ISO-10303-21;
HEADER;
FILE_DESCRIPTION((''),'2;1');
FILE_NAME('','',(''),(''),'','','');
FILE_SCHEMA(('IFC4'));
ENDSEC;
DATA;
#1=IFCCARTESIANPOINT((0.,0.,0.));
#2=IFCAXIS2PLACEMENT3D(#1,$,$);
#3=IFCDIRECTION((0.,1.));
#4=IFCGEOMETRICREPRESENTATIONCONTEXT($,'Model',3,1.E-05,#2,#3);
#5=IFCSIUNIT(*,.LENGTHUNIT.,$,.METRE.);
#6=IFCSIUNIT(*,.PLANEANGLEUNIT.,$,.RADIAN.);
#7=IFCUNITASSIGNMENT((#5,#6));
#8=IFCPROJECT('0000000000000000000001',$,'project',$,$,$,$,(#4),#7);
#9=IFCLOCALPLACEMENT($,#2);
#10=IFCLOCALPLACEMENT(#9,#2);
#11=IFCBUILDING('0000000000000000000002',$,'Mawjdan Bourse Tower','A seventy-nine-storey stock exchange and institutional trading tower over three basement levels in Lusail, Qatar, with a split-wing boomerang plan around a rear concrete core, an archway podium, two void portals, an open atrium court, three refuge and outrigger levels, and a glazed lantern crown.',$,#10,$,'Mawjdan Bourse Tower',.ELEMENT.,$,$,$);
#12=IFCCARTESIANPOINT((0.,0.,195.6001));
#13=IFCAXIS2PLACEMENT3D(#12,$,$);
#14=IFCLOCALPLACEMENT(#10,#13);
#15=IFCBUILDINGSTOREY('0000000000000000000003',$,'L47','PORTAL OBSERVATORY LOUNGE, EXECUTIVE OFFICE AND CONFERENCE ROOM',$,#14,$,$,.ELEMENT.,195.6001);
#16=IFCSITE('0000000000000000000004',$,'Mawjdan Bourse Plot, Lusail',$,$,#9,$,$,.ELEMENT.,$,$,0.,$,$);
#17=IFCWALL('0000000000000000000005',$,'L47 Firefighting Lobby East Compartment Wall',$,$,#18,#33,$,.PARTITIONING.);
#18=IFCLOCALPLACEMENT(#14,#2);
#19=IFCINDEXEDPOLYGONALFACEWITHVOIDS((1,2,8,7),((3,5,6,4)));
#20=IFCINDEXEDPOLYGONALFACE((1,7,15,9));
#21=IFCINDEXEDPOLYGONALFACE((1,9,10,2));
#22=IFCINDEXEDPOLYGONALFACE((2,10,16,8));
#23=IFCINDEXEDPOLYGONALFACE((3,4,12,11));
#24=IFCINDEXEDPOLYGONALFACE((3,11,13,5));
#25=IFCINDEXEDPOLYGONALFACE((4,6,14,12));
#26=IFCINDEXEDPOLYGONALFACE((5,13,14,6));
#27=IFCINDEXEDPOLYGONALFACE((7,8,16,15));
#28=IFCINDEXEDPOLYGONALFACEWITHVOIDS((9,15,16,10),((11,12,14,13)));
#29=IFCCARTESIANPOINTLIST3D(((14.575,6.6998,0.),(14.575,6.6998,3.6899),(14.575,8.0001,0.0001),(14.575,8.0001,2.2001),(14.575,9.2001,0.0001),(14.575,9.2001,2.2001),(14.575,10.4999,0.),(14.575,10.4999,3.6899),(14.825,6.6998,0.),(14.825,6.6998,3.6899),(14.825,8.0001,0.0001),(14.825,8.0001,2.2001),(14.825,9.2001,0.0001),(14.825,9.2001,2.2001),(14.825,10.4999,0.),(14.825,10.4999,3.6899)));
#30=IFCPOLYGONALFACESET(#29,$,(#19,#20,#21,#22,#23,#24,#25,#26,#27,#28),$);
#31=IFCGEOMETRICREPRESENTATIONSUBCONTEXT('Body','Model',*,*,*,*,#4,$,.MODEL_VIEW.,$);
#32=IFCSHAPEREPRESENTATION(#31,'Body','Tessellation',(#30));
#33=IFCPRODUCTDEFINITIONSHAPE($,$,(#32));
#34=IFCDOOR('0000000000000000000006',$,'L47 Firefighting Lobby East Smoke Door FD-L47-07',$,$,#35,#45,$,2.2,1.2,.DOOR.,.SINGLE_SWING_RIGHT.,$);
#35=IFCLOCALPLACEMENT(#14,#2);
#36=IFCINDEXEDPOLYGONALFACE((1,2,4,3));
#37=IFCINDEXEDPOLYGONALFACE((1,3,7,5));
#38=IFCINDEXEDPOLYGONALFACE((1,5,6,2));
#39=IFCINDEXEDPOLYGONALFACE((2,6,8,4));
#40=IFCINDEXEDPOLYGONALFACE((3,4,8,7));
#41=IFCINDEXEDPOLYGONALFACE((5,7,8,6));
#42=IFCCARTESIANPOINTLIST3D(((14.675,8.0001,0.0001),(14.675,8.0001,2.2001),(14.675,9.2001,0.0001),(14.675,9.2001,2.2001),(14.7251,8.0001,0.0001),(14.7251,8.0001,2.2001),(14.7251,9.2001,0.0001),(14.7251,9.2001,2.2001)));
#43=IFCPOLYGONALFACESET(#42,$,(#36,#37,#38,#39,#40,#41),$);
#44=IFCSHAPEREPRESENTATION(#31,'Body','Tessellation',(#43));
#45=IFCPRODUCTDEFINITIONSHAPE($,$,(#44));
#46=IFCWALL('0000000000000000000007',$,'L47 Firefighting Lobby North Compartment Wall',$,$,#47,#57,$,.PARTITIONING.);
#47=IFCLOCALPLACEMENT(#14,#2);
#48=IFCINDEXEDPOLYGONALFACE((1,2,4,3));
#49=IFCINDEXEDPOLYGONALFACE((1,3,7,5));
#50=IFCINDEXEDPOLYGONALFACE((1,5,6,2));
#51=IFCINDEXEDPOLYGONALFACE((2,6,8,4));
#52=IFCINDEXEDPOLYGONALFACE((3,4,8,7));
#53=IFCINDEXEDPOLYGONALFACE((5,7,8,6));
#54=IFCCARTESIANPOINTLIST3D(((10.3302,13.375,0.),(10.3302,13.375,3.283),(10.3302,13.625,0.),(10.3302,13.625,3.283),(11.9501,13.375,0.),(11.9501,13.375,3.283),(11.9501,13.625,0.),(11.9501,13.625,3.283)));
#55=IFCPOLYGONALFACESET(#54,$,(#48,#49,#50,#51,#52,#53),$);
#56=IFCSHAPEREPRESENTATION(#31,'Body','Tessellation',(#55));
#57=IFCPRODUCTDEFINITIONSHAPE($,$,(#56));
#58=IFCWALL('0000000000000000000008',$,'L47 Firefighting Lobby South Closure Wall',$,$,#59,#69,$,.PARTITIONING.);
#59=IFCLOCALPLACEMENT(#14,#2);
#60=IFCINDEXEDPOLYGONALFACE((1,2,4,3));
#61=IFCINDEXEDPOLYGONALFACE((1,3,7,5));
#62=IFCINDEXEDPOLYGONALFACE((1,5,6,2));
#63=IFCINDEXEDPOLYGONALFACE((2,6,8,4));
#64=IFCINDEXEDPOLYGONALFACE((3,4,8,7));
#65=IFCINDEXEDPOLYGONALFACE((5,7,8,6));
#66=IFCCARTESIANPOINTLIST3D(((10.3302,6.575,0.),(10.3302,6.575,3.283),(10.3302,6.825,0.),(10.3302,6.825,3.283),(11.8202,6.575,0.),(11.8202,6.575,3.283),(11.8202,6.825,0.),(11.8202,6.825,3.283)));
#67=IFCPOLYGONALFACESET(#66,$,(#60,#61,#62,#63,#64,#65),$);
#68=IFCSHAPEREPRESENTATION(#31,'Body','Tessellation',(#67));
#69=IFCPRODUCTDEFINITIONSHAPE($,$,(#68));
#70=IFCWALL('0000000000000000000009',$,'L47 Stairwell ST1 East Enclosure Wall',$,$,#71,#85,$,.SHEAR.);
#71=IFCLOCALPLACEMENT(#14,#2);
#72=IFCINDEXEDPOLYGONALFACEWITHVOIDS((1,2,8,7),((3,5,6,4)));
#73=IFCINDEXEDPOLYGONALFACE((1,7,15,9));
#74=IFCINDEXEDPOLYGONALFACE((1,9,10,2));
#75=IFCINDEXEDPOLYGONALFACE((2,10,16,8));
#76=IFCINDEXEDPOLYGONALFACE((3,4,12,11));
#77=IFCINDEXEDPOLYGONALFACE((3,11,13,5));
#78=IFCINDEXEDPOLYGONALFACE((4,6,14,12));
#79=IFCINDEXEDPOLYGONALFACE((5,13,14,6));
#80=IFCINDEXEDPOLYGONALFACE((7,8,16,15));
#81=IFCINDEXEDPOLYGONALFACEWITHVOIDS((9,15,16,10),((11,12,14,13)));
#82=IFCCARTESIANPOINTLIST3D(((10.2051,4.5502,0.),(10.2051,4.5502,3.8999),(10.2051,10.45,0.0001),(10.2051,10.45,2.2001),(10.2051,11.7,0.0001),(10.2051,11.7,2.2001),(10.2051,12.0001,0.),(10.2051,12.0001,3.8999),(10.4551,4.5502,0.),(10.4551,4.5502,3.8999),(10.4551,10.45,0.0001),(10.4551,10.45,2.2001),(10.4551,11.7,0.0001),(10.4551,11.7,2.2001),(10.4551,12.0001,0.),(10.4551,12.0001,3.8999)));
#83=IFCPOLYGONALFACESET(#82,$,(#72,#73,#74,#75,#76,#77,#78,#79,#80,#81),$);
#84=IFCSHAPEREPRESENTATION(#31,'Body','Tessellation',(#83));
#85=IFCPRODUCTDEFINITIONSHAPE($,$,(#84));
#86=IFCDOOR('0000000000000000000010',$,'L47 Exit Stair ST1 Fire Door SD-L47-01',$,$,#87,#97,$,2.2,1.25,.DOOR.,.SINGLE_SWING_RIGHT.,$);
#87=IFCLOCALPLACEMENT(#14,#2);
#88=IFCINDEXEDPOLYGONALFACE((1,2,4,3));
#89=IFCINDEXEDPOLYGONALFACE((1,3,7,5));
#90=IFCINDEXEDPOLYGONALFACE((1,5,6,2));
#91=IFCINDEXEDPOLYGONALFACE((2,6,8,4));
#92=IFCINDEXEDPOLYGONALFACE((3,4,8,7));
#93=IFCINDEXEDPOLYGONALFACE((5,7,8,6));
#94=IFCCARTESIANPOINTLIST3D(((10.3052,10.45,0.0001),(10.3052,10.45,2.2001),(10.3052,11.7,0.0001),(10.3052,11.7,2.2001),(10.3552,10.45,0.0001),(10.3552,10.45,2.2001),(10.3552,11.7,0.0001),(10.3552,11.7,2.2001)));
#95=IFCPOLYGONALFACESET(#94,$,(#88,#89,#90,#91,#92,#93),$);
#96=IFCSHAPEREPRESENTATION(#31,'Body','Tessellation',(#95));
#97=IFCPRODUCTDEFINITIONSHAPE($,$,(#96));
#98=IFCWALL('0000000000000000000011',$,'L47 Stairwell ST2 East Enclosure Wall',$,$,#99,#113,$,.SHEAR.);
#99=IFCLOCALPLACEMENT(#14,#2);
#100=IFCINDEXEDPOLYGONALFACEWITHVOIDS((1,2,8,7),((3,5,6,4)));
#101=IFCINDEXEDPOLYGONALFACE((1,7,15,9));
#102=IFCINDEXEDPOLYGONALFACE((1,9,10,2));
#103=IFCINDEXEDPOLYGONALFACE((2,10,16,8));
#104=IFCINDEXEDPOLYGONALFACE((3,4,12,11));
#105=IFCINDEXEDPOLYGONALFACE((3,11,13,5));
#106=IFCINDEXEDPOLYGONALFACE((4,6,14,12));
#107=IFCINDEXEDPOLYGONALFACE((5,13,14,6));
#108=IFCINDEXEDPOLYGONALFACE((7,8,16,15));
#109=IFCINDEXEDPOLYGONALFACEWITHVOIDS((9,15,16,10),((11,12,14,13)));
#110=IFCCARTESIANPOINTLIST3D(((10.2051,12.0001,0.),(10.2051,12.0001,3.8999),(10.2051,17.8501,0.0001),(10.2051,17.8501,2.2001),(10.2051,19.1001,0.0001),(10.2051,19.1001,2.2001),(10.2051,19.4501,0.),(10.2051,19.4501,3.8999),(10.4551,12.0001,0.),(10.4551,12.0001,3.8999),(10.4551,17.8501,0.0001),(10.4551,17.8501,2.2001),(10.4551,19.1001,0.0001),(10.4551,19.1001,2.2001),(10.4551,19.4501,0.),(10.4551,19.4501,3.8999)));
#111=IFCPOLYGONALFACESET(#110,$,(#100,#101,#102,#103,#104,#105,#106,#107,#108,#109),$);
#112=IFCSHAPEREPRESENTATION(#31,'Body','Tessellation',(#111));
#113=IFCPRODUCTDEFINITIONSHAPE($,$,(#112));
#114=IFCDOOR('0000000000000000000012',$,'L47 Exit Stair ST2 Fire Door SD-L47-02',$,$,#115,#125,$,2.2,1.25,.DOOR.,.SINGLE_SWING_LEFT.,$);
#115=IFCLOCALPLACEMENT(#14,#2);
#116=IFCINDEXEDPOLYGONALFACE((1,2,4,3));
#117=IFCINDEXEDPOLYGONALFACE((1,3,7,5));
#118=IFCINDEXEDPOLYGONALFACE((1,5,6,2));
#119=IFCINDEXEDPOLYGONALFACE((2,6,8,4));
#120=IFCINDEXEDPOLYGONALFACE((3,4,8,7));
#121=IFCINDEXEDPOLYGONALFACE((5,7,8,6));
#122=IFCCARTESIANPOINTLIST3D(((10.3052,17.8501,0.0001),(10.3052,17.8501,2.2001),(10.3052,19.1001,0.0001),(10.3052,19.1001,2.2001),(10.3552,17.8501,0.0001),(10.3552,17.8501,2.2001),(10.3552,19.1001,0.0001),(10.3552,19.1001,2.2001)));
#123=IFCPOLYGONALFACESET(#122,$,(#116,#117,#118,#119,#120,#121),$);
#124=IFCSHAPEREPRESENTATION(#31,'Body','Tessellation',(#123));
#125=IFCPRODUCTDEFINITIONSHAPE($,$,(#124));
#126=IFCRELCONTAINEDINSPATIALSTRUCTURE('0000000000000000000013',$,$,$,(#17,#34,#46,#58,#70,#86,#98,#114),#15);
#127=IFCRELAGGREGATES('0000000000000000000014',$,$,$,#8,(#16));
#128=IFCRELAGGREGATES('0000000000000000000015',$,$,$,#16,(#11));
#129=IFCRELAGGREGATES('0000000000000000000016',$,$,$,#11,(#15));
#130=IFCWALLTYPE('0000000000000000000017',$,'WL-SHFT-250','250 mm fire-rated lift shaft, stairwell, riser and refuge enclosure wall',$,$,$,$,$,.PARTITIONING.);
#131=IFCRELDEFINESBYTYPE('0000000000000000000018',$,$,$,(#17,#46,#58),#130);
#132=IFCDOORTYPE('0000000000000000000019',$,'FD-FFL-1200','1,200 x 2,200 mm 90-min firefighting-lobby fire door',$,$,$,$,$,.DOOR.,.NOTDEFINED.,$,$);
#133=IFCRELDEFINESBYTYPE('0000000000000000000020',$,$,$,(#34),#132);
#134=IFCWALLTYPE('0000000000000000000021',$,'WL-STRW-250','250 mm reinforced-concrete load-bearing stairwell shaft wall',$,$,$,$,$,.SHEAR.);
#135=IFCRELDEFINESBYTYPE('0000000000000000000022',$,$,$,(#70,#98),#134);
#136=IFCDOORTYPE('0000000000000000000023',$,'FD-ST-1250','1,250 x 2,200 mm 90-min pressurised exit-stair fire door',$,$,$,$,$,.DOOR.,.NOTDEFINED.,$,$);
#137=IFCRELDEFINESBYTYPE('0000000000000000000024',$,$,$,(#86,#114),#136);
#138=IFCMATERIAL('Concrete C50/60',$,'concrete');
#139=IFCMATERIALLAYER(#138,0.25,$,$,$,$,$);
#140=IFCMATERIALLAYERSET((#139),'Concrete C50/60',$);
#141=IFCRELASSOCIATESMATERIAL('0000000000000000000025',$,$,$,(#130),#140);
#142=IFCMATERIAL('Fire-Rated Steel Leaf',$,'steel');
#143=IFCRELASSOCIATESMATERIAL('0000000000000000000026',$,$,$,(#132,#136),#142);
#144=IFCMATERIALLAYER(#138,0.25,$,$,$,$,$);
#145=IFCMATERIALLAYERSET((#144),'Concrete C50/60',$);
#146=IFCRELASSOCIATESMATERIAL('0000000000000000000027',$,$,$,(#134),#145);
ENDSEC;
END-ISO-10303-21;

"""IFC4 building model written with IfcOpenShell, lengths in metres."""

from ifc_helpers import new_model, si_unit, direction, frame, frame_2d, origin, place, context, subcontext, project, spatial, rectangle, extrude, material, layer, layer_set, type_object, element, fill, save


model = new_model("IFC4")

# Units and contexts
model_context = context("Model", 3, precision=1e-05, world=origin(), true_north=direction((0.0, 1.0)))
body_context = subcontext(model_context, "Body", "Model", "MODEL_VIEW")
ifc_project = project(units=[si_unit("LENGTHUNIT", "METRE"), si_unit("PLANEANGLEUNIT", "RADIAN")], contexts=[model_context])

# Site, building, storey
site_placement = place(None, origin())
site = spatial("IfcSite", under=ifc_project, at=site_placement, Name="Mawjdan Bourse Plot, Lusail", CompositionType="ELEMENT", RefElevation=0.0)
building_placement = place(site_placement, origin())
building = spatial("IfcBuilding", under=site, at=building_placement, Name="Mawjdan Bourse Tower", Description="A seventy-nine-storey stock exchange and institutional trading tower over three basement levels in Lusail, Qatar, with a split-wing boomerang plan around a rear concrete core, an archway podium, two void portals, an open atrium court, three refuge and outrigger levels, and a glazed lantern crown.", LongName="Mawjdan Bourse Tower", CompositionType="ELEMENT")
storey_placement = place(building_placement, frame((0.0, 0.0, 195.6001)))
storey = spatial("IfcBuildingStorey", under=building, at=storey_placement, Name="L47", Description="PORTAL OBSERVATORY LOUNGE, EXECUTIVE OFFICE AND CONFERENCE ROOM", CompositionType="ELEMENT", Elevation=195.6001)

# Shared definitions
ifc_material_1 = material(Name="Concrete C50/60", Category="concrete")
ifc_layer_1 = layer(ifc_material_1, 0.25)
ifc_layer_set_1 = layer_set([ifc_layer_1], Name="Concrete C50/60")
wall_type_1 = type_object("IfcWallType", Name="WL-SHFT-250", Description="250 mm fire-rated lift shaft, stairwell, riser and refuge enclosure wall", PredefinedType="PARTITIONING", material=ifc_layer_set_1)

# Wall, opening, door
wall_1_placement = place(storey_placement, frame((14.7, 6.7, 0.0), z_axis=(0.0, 0.0, 1.0), x_axis=(0.0, 1.0, 0.0)))
wall_1 = element("IfcWall", 1, at=wall_1_placement, inside=storey, type_object=wall_type_1, Name="L47 Firefighting Lobby East Compartment Wall", PredefinedType="PARTITIONING", context=body_context, shape_type="SweptSolid", body=[
    extrude(rectangle(XDim=3.8, YDim=0.25, at=frame_2d((1.8999, 0.0))), origin(), (0.0, 0.0, 1.0), 3.6899),
])
opening_1_placement = place(wall_1_placement, frame((1.3, 0.0, 0.0)))
opening_1 = element("IfcOpeningElement", 2, at=opening_1_placement, cuts=wall_1, PredefinedType="OPENING", context=body_context, shape_type="SweptSolid", body=[
    extrude(rectangle(XDim=1.2, YDim=2.2, at=frame_2d((0.6001, 1.1001))), frame((0.0, 0.135, 0.0), z_axis=(0.0, -1.0, 0.0), x_axis=(1.0, 0.0, 0.0)), (0.0, 0.0, 1.0), 0.27),
])
ifc_material_2 = material(Name="Fire-Rated Steel Leaf", Category="steel")
door_type_1 = type_object("IfcDoorType", Name="FD-FFL-1200", Description="1,200 x 2,200 mm 90-min firefighting-lobby fire door", OperationType="NOTDEFINED", PredefinedType="DOOR", material=ifc_material_2)
door_1_placement = place(opening_1_placement, origin())
door_1 = element("IfcDoor", 3, at=door_1_placement, inside=storey, type_object=door_type_1, Name="L47 Firefighting Lobby East Smoke Door FD-L47-07", OperationType="SINGLE_SWING_RIGHT", OverallHeight=2.2, OverallWidth=1.2, PredefinedType="DOOR", context=body_context, shape_type="SweptSolid", body=[
    extrude(rectangle(XDim=1.2, YDim=2.2, at=frame_2d((0.6001, 1.1001))), frame((0.0, 0.0249, 0.0), z_axis=(0.0, -1.0, 0.0), x_axis=(1.0, 0.0, 0.0)), (0.0, 0.0, 1.0), 0.05),
])
fill(opening_1, door_1)

# Walls
wall_2_placement = place(storey_placement, frame((10.3301, 13.5, 0.0), z_axis=(0.0, 0.0, 1.0), x_axis=(1.0, 0.0, 0.0)))
element("IfcWall", 4, at=wall_2_placement, inside=storey, type_object=wall_type_1, Name="L47 Firefighting Lobby North Compartment Wall", PredefinedType="PARTITIONING", context=body_context, shape_type="SweptSolid", body=[
    extrude(rectangle(XDim=1.6199, YDim=0.25, at=frame_2d((0.8101, 0.0))), origin(), (0.0, 0.0, 1.0), 3.283),
])
wall_3_placement = place(storey_placement, frame((10.3301, 6.7, 0.0), z_axis=(0.0, 0.0, 1.0), x_axis=(1.0, 0.0, 0.0)))
element("IfcWall", 5, at=wall_3_placement, inside=storey, type_object=wall_type_1, Name="L47 Firefighting Lobby South Closure Wall", PredefinedType="PARTITIONING", context=body_context, shape_type="SweptSolid", body=[
    extrude(rectangle(XDim=1.49, YDim=0.25, at=frame_2d((0.7451, 0.0))), origin(), (0.0, 0.0, 1.0), 3.283),
])

# Walls, openings, doors
ifc_layer_2 = layer(ifc_material_1, 0.25)
ifc_layer_set_2 = layer_set([ifc_layer_2], Name="Concrete C50/60")
wall_type_2 = type_object("IfcWallType", Name="WL-STRW-250", Description="250 mm reinforced-concrete load-bearing stairwell shaft wall", PredefinedType="SHEAR", material=ifc_layer_set_2)
wall_4_placement = place(storey_placement, frame((10.3301, 4.55, 0.0), z_axis=(0.0, 0.0, 1.0), x_axis=(0.0, 1.0, 0.0)))
wall_4 = element("IfcWall", 6, at=wall_4_placement, inside=storey, type_object=wall_type_2, Name="L47 Stairwell ST1 East Enclosure Wall", PredefinedType="SHEAR", context=body_context, shape_type="SweptSolid", body=[
    extrude(rectangle(XDim=7.45, YDim=0.25, at=frame_2d((3.7251, 0.0))), origin(), (0.0, 0.0, 1.0), 3.8999),
])
opening_2_placement = place(wall_4_placement, frame((5.8999, 0.0, 0.0)))
opening_2 = element("IfcOpeningElement", 7, at=opening_2_placement, cuts=wall_4, PredefinedType="OPENING", context=body_context, shape_type="SweptSolid", body=[
    extrude(rectangle(XDim=1.25, YDim=2.2, at=frame_2d((0.625, 1.1001))), frame((0.0, 0.135, 0.0), z_axis=(0.0, -1.0, 0.0), x_axis=(1.0, 0.0, 0.0)), (0.0, 0.0, 1.0), 0.27),
])
door_type_2 = type_object("IfcDoorType", Name="FD-ST-1250", Description="1,250 x 2,200 mm 90-min pressurised exit-stair fire door", OperationType="NOTDEFINED", PredefinedType="DOOR", material=ifc_material_2)
door_2_placement = place(opening_2_placement, origin())
door_2 = element("IfcDoor", 8, at=door_2_placement, inside=storey, type_object=door_type_2, Name="L47 Exit Stair ST1 Fire Door SD-L47-01", OperationType="SINGLE_SWING_RIGHT", OverallHeight=2.2, OverallWidth=1.25, PredefinedType="DOOR", context=body_context, shape_type="SweptSolid", body=[
    extrude(rectangle(XDim=1.25, YDim=2.2, at=frame_2d((0.625, 1.1001))), frame((0.0, 0.0249, 0.0), z_axis=(0.0, -1.0, 0.0), x_axis=(1.0, 0.0, 0.0)), (0.0, 0.0, 1.0), 0.05),
])
fill(opening_2, door_2)
wall_5_placement = place(storey_placement, frame((10.3301, 12.0, 0.0), z_axis=(0.0, 0.0, 1.0), x_axis=(0.0, 1.0, 0.0)))
wall_5 = element("IfcWall", 9, at=wall_5_placement, inside=storey, type_object=wall_type_2, Name="L47 Stairwell ST2 East Enclosure Wall", PredefinedType="SHEAR", context=body_context, shape_type="SweptSolid", body=[
    extrude(rectangle(XDim=7.45, YDim=0.25, at=frame_2d((3.7251, 0.0))), origin(), (0.0, 0.0, 1.0), 3.8999),
])
opening_3_placement = place(wall_5_placement, frame((5.8501, 0.0, 0.0)))
opening_3 = element("IfcOpeningElement", 10, at=opening_3_placement, cuts=wall_5, PredefinedType="OPENING", context=body_context, shape_type="SweptSolid", body=[
    extrude(rectangle(XDim=1.25, YDim=2.2, at=frame_2d((0.625, 1.1001))), frame((0.0, 0.135, 0.0), z_axis=(0.0, -1.0, 0.0), x_axis=(1.0, 0.0, 0.0)), (0.0, 0.0, 1.0), 0.27),
])
door_3_placement = place(opening_3_placement, origin())
door_3 = element("IfcDoor", 11, at=door_3_placement, inside=storey, type_object=door_type_2, Name="L47 Exit Stair ST2 Fire Door SD-L47-02", OperationType="SINGLE_SWING_LEFT", OverallHeight=2.2, OverallWidth=1.25, PredefinedType="DOOR", context=body_context, shape_type="SweptSolid", body=[
    extrude(rectangle(XDim=1.25, YDim=2.2, at=frame_2d((0.625, 1.1001))), frame((0.0, 0.0249, 0.0), z_axis=(0.0, -1.0, 0.0), x_axis=(1.0, 0.0, 0.0)), (0.0, 0.0, 1.0), 0.05),
])
fill(opening_3, door_3)

save(model, "model.ifc")
